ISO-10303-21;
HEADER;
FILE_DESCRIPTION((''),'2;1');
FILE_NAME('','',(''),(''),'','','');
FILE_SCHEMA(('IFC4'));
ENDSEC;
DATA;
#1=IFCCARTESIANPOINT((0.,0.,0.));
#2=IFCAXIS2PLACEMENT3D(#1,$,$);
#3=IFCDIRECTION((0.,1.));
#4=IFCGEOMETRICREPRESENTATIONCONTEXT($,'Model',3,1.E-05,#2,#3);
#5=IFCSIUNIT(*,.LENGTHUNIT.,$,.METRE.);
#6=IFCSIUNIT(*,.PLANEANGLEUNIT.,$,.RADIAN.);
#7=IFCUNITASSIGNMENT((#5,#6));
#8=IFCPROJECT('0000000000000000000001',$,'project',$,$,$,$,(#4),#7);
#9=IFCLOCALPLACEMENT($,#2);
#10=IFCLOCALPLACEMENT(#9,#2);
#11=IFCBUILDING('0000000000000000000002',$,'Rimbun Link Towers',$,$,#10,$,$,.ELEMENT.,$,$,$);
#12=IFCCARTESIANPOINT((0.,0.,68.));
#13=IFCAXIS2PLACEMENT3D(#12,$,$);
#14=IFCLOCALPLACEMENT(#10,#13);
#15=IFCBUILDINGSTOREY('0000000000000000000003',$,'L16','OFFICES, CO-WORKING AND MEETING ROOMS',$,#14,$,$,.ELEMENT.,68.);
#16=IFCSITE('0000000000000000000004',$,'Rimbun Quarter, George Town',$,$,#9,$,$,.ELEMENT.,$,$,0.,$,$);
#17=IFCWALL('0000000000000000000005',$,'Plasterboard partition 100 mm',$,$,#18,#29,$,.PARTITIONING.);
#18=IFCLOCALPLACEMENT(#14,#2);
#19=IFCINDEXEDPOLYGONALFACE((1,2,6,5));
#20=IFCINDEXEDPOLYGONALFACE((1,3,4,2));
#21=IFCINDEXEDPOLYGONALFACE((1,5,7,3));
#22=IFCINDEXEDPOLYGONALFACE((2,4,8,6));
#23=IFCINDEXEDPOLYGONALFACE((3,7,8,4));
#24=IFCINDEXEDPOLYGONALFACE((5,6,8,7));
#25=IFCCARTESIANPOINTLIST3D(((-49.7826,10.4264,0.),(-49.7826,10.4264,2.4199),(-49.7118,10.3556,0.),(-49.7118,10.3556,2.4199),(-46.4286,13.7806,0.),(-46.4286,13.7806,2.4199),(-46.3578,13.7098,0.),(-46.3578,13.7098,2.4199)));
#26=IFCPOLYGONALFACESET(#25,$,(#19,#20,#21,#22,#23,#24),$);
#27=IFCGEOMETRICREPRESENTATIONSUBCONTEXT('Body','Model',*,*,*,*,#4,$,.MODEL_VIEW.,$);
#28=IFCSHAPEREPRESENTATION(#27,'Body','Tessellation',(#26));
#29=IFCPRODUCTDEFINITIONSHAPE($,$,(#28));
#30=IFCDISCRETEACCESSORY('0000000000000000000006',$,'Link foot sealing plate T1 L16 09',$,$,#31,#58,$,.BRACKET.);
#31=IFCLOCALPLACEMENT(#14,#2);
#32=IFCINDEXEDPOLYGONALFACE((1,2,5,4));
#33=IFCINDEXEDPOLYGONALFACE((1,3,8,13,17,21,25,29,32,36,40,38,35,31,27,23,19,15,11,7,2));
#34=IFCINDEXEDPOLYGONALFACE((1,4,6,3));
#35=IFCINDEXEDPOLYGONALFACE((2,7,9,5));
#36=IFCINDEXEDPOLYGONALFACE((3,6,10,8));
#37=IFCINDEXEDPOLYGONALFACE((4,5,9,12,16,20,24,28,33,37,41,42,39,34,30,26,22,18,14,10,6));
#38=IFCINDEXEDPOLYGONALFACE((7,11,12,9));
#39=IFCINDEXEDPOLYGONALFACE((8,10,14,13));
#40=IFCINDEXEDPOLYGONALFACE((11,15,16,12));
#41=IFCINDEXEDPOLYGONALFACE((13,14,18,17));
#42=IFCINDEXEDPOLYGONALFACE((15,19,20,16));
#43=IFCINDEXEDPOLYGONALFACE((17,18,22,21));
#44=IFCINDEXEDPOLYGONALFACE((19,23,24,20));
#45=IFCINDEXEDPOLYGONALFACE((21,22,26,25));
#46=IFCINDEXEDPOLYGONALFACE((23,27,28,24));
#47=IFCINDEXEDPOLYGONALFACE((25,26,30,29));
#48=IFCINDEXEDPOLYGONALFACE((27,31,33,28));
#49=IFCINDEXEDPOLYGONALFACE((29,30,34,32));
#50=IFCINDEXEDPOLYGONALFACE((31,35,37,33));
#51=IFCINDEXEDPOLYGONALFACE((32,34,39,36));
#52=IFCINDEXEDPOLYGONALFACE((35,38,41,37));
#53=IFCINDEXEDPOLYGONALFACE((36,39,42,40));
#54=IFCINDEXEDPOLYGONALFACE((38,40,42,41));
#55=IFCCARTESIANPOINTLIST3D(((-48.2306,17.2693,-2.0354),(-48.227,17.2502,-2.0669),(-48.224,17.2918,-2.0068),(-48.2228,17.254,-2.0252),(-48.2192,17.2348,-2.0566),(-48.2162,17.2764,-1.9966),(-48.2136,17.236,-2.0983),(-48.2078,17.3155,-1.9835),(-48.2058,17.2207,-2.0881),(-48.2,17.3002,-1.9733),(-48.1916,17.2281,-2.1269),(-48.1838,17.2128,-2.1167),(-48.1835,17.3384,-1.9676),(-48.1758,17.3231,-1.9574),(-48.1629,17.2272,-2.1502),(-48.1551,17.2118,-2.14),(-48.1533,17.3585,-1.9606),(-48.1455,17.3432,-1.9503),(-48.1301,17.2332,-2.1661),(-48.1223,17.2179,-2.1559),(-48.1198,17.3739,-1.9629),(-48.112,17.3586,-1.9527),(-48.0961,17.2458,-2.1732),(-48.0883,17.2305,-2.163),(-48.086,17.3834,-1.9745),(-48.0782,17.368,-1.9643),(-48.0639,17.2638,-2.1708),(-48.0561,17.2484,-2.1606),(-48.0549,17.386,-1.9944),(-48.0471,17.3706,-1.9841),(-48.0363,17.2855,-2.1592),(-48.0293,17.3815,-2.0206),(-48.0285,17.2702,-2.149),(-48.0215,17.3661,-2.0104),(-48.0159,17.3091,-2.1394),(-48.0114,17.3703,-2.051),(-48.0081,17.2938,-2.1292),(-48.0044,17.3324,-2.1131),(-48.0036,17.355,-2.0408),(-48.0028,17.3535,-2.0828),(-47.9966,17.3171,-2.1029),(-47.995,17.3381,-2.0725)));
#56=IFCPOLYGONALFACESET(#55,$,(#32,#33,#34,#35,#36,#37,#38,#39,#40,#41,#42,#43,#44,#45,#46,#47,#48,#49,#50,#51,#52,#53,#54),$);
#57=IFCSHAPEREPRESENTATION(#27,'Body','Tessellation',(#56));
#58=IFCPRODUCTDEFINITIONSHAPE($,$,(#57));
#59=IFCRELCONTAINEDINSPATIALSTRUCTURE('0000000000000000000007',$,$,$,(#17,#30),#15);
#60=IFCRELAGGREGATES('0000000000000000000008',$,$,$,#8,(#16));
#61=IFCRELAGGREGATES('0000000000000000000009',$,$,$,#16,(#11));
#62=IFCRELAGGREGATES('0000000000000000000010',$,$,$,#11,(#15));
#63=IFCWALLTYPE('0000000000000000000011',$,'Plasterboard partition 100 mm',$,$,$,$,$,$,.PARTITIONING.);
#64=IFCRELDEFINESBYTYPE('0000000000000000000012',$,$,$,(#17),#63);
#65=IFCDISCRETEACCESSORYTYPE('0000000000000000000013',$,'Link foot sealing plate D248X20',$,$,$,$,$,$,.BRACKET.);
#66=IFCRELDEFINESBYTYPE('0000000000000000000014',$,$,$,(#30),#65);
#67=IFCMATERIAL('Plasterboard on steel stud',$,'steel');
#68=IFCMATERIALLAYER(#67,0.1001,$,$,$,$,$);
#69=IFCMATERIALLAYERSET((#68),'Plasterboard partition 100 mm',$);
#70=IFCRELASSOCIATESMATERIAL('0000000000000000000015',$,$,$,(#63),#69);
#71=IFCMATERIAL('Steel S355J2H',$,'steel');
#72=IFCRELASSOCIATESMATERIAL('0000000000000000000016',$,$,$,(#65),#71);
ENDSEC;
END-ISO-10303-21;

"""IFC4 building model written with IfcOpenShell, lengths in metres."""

from ifc_helpers import new_model, si_unit, direction, frame, frame_2d, origin, origin_2d, place, context, subcontext, project, spatial, rectangle, circle, extrude, material, layer, layer_set, material_profile, profile_set, type_object, element, save


model = new_model("IFC4")

# Units and contexts
model_context = context("Model", 3, precision=1e-05, world=origin(), true_north=direction((0.0, 1.0)))
body_context = subcontext(model_context, "Body", "Model", "MODEL_VIEW")
ifc_project = project(units=[si_unit("LENGTHUNIT", "METRE"), si_unit("PLANEANGLEUNIT", "RADIAN")], contexts=[model_context])

# Site, building, storey
site_placement = place(None, origin())
site = spatial("IfcSite", under=ifc_project, at=site_placement, Name="Rimbun Quarter, George Town", CompositionType="ELEMENT", RefElevation=0.0)
building_placement = place(site_placement, origin())
building = spatial("IfcBuilding", under=site, at=building_placement, Name="Rimbun Link Towers", CompositionType="ELEMENT")
storey_placement = place(building_placement, frame((0.0, 0.0, 68.0)))
storey = spatial("IfcBuildingStorey", under=building, at=storey_placement, Name="L16", Description="OFFICES, CO-WORKING AND MEETING ROOMS", CompositionType="ELEMENT", Elevation=68.0)

# Shared definitions
ifc_material_1 = material(Name="Plasterboard on steel stud", Category="steel")
ifc_layer_1 = layer(ifc_material_1, 0.1001)
ifc_layer_set_1 = layer_set([ifc_layer_1], Name="Plasterboard partition 100 mm")
wall_type = type_object("IfcWallType", Name="Plasterboard partition 100 mm", PredefinedType="PARTITIONING", material=ifc_layer_set_1)

# Wall
wall_1_placement = place(storey_placement, frame((-46.3933, 13.7451, 0.0), z_axis=(0.0, 0.0, 1.0), x_axis=(-0.707081, -0.707133, 0.0)))
element("IfcWall", 1, at=wall_1_placement, inside=storey, type_object=wall_type, Name="Plasterboard partition 100 mm", PredefinedType="PARTITIONING", context=body_context, shape_type="SweptSolid", body=[
    extrude(rectangle(XDim=4.7434, YDim=0.1001, at=frame_2d((2.3716, 0.0))), origin(), (0.0, 0.0, 1.0), 2.4199),
])

# Discrete accessory
ifc_material_2 = material(Name="Steel S355J2H", Category="steel")
ifc_material_profile_1 = material_profile(ifc_material_2, circle(Radius=0.124, at=origin_2d()), Name="PL D248")
ifc_profile_set_1 = profile_set([ifc_material_profile_1], Name="Steel S355J2H")
discrete_accessory_type = type_object("IfcDiscreteAccessoryType", Name="Link foot sealing plate D248X20", PredefinedType="BRACKET", material=ifc_profile_set_1)
discrete_accessory_placement = place(storey_placement, frame((-48.1086, 17.291, -2.0566), z_axis=(-0.38929, 0.766414, -0.510943), x_axis=(-0.891579, -0.452865, 0.0)))
element("IfcDiscreteAccessory", 2, at=discrete_accessory_placement, inside=storey, type_object=discrete_accessory_type, Name="Link foot sealing plate T1 L16 09", PredefinedType="BRACKET", context=body_context, shape_type="SweptSolid", body=[
    extrude(circle(Radius=0.124, at=origin_2d()), origin(), (0.0, 0.0, 1.0), 0.02),
])

save(model, "model.ifc")
